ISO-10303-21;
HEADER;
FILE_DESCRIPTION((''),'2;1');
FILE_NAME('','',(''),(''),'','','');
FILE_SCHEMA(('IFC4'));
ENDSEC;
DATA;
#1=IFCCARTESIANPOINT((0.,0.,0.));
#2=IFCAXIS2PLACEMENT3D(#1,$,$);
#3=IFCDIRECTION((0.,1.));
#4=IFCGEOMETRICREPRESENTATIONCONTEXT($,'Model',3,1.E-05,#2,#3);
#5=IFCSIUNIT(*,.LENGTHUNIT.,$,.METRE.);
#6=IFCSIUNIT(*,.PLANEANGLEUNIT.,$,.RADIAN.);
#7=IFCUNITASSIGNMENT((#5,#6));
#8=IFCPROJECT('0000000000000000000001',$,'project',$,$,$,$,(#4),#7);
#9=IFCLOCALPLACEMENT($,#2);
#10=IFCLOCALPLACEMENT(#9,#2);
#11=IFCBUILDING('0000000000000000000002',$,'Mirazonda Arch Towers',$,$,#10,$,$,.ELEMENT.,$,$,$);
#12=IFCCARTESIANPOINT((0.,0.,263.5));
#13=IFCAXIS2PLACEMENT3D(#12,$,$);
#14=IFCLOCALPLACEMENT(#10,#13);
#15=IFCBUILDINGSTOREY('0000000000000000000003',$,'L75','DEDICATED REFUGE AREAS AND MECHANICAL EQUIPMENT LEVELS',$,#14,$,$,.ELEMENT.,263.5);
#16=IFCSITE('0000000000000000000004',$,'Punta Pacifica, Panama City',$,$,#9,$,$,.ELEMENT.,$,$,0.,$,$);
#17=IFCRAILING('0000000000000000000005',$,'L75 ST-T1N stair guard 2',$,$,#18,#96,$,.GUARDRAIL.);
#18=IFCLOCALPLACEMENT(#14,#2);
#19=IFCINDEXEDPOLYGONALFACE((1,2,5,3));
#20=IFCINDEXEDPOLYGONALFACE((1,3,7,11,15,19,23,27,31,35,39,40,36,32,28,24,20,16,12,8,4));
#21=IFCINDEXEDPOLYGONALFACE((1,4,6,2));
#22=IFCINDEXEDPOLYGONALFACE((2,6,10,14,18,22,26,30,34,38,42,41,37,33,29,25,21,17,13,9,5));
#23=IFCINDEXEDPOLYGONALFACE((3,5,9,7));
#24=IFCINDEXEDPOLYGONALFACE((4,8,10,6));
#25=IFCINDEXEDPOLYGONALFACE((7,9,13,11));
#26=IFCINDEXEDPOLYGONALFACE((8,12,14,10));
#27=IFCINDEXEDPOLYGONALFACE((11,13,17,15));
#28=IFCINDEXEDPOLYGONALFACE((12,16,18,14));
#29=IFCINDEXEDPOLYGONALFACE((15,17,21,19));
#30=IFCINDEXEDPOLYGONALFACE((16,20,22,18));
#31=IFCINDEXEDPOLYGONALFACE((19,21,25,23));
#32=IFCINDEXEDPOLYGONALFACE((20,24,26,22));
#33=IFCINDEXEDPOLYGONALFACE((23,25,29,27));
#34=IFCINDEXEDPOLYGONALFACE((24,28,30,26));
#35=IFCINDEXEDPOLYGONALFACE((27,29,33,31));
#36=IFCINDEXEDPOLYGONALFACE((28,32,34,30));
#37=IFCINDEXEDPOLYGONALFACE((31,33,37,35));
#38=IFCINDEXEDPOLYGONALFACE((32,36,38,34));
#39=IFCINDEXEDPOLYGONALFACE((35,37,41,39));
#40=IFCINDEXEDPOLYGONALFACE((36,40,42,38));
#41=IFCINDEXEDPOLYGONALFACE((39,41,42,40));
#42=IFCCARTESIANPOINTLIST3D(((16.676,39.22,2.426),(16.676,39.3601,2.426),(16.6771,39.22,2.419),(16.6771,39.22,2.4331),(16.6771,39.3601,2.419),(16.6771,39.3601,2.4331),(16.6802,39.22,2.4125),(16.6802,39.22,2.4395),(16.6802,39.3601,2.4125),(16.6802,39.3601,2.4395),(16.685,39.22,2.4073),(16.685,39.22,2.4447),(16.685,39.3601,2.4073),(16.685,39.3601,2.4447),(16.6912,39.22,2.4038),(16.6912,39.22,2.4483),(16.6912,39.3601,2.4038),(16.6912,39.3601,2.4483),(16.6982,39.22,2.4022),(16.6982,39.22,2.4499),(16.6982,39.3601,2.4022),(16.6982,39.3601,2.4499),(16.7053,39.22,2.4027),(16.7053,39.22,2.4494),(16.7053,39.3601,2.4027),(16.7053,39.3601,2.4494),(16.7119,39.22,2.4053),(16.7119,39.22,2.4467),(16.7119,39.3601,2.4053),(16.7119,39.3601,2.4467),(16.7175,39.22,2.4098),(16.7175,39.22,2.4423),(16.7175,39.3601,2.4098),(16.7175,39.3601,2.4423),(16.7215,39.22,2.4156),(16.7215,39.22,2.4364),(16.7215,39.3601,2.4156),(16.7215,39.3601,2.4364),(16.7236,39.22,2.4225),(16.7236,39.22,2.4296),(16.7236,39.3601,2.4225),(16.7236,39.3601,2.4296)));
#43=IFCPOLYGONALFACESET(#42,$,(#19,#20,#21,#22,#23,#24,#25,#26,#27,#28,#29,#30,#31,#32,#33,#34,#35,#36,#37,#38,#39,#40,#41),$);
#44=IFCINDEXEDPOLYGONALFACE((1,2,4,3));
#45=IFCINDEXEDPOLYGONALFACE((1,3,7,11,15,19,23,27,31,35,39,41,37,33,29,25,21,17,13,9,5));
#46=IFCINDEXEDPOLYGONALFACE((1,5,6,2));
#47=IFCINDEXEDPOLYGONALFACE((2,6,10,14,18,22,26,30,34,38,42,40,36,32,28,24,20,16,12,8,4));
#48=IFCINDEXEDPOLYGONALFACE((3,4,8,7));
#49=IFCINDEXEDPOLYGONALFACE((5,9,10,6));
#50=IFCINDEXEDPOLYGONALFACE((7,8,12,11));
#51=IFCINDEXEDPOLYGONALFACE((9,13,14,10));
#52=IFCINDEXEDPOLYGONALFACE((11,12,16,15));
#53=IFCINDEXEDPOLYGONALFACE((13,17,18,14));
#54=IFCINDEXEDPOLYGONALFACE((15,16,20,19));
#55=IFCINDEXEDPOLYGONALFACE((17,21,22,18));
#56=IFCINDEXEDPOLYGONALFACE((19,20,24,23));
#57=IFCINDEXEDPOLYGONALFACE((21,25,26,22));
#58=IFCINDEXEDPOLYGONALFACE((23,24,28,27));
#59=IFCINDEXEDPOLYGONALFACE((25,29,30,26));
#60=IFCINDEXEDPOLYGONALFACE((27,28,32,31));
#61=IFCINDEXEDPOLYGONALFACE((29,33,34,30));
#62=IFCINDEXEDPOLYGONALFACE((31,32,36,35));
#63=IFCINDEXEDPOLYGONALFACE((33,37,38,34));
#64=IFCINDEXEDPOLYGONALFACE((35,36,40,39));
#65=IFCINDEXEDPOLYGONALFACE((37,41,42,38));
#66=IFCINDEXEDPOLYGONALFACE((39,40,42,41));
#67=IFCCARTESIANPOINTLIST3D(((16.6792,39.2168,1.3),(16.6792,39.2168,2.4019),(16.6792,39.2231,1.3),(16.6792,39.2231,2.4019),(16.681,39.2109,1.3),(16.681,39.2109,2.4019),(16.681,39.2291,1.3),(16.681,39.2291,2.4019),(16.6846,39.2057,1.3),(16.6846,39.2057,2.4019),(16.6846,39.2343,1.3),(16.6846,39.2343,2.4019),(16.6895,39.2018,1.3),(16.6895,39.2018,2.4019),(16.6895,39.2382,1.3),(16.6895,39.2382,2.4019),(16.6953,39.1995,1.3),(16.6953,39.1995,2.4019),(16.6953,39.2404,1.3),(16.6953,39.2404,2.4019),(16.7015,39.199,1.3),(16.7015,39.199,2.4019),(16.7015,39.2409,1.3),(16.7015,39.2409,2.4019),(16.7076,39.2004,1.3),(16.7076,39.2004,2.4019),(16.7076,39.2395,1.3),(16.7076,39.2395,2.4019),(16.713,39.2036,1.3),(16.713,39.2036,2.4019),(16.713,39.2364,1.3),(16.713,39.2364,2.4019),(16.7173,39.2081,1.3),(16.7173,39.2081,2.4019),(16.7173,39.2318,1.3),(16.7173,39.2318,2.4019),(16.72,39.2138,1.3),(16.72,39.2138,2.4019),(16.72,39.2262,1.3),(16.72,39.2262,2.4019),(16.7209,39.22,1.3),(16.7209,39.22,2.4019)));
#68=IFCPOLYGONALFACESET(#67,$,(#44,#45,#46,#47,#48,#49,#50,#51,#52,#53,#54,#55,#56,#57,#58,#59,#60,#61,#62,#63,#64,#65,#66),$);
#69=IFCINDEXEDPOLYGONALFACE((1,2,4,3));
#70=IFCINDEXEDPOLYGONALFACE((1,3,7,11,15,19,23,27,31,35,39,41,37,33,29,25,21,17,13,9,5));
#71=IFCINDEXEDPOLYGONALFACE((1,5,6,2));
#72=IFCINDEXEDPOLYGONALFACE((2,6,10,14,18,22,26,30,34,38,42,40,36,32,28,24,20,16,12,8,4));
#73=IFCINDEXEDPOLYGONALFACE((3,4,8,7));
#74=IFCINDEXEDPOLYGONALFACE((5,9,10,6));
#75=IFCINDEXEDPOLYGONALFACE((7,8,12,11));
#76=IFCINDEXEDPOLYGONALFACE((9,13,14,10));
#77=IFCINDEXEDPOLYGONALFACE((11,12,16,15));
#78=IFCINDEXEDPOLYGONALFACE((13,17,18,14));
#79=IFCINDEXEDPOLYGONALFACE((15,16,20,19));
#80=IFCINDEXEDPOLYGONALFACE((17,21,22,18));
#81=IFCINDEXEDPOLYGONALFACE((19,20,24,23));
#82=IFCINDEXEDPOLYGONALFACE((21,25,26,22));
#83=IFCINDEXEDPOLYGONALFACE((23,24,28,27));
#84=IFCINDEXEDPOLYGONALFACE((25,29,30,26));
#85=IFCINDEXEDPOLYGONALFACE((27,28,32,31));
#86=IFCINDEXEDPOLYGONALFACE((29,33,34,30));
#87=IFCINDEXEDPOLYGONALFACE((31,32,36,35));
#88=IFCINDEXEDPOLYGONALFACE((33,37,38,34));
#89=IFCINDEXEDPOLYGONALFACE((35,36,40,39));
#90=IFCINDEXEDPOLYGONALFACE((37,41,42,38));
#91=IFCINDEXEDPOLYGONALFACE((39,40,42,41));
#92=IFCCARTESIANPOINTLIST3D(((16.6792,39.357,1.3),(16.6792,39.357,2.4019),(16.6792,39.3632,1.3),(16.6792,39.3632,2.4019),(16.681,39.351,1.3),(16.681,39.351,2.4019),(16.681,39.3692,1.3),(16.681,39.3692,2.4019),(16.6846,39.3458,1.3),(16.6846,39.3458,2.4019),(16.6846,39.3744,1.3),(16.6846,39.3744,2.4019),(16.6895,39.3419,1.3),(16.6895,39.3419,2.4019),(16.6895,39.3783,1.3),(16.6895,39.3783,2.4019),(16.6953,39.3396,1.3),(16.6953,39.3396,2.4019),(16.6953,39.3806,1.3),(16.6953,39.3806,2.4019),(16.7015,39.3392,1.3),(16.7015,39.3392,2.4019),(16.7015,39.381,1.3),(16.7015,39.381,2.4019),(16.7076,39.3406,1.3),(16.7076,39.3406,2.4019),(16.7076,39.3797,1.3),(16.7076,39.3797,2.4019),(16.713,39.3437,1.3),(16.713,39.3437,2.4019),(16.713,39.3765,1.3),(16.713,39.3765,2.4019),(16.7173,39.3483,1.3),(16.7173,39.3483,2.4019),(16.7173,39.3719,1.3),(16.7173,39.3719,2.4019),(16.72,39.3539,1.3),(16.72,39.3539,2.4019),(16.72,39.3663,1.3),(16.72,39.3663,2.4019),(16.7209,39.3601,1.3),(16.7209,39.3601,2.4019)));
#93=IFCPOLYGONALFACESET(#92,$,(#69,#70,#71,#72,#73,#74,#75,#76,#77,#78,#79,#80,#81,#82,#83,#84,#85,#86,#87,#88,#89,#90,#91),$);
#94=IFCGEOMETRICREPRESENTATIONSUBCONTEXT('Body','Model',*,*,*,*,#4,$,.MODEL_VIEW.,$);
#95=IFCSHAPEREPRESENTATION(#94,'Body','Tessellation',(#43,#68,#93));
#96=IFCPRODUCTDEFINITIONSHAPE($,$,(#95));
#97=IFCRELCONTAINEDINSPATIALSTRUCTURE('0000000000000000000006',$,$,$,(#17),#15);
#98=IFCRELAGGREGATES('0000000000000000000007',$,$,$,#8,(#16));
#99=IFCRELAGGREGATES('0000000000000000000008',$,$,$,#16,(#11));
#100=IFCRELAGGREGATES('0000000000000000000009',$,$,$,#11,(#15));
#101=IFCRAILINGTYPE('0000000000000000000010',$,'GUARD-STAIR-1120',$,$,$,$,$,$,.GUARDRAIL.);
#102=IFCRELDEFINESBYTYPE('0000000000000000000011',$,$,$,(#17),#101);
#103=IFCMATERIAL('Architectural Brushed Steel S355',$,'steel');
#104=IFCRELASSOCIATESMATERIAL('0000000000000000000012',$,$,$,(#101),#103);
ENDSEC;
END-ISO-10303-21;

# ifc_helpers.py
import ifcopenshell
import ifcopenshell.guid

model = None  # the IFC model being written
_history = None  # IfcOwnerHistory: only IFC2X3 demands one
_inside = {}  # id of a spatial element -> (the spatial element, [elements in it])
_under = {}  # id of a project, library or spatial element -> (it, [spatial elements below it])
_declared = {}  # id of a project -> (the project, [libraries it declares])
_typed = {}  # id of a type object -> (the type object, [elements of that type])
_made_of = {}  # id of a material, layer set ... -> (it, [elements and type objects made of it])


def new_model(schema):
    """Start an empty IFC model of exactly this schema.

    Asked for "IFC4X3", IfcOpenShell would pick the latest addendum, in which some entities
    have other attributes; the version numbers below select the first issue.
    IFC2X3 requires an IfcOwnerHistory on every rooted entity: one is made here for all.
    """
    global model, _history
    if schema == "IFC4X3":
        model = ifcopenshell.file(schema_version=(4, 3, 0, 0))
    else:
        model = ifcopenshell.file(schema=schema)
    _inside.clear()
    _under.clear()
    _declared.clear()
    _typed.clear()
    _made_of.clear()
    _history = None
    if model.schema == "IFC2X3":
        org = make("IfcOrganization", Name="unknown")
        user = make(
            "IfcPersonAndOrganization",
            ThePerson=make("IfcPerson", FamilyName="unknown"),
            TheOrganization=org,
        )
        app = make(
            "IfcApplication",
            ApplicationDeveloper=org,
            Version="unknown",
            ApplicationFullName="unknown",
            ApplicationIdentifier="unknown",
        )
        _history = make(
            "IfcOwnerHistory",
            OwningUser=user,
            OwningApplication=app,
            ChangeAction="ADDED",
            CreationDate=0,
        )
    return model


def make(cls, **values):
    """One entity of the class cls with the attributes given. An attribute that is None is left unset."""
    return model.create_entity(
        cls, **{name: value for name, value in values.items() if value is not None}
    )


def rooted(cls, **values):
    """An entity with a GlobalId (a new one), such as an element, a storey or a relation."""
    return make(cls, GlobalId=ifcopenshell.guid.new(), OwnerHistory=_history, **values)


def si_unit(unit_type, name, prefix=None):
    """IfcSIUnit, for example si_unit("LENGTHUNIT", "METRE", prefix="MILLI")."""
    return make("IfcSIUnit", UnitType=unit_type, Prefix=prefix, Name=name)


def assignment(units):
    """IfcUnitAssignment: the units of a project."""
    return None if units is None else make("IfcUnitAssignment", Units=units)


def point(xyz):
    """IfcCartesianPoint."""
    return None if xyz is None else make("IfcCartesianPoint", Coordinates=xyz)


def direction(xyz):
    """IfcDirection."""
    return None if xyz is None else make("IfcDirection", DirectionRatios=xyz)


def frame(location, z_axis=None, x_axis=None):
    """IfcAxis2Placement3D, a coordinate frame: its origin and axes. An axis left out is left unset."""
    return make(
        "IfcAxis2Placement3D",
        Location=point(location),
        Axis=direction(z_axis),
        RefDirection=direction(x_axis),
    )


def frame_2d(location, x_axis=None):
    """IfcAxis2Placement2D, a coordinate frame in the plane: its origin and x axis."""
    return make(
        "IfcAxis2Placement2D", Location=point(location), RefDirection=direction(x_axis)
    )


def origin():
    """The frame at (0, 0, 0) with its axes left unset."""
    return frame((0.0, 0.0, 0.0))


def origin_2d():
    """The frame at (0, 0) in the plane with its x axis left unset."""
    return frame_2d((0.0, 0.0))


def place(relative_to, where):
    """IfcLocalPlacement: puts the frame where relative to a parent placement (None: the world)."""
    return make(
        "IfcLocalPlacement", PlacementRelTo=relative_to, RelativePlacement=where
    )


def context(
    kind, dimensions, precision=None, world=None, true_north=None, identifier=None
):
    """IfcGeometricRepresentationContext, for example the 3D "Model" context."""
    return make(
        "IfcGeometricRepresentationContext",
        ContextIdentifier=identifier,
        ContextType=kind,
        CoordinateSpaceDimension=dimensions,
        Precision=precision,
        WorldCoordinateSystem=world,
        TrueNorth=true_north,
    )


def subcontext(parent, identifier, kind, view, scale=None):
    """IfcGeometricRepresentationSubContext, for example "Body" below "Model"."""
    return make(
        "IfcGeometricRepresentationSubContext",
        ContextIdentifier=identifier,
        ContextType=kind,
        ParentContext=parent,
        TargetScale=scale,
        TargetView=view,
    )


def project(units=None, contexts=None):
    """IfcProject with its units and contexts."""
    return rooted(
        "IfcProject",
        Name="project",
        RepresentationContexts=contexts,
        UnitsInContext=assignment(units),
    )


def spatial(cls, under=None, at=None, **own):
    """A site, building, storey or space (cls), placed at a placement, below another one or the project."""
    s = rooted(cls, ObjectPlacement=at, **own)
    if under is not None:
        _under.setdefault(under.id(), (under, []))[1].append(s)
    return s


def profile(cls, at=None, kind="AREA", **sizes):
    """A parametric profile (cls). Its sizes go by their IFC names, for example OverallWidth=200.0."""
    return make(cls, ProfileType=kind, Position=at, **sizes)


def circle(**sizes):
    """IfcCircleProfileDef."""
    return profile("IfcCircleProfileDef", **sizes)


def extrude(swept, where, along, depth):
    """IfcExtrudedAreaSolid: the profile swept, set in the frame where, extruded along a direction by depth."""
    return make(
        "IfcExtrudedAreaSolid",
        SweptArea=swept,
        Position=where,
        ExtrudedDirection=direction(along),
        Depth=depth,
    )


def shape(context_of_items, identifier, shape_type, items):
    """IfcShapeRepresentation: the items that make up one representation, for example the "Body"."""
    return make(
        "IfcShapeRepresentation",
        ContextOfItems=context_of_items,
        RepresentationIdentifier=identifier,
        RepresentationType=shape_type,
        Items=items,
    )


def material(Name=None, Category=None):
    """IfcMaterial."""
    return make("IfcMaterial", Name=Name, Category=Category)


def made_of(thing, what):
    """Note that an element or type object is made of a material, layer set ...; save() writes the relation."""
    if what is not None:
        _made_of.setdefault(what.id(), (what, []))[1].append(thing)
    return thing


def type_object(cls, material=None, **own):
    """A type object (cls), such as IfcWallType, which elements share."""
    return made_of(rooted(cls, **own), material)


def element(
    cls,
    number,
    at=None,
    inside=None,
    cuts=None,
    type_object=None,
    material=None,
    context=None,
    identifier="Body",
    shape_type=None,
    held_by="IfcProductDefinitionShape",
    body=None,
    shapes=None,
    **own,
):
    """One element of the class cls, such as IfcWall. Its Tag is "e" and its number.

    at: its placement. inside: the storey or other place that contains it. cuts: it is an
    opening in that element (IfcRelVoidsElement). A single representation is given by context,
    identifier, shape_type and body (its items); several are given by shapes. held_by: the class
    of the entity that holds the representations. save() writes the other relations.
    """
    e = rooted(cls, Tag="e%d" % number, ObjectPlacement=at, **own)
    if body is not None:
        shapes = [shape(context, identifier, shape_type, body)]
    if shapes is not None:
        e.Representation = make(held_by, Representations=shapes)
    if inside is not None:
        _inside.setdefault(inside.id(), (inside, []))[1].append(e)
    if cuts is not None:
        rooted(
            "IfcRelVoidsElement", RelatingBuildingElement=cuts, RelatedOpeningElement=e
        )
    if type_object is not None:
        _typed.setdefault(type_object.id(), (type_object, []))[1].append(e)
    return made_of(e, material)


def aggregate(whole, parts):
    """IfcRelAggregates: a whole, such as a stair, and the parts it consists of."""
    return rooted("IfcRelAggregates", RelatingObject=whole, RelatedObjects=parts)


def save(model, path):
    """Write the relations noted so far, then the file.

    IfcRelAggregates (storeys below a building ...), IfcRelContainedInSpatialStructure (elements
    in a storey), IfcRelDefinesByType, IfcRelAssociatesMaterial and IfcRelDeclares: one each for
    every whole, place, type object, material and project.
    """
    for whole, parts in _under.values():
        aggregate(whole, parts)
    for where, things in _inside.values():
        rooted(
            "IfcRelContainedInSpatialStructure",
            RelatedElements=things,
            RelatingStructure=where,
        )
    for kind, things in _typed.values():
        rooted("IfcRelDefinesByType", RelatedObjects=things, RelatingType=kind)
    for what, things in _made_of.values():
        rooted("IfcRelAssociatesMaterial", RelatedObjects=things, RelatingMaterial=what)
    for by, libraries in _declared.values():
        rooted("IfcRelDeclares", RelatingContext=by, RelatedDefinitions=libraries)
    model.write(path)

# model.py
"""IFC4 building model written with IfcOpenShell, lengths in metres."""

from ifc_helpers import new_model, si_unit, direction, frame, origin, origin_2d, place, context, subcontext, project, spatial, circle, extrude, material, type_object, element, save


model = new_model("IFC4")

# Units and contexts
model_context = context("Model", 3, precision=1e-05, world=origin(), true_north=direction((0.0, 1.0)))
body_context = subcontext(model_context, "Body", "Model", "MODEL_VIEW")
ifc_project = project(units=[si_unit("LENGTHUNIT", "METRE"), si_unit("PLANEANGLEUNIT", "RADIAN")], contexts=[model_context])

# Site, building, storey
site_placement = place(None, origin())
site = spatial("IfcSite", under=ifc_project, at=site_placement, Name="Punta Pacifica, Panama City", CompositionType="ELEMENT", RefElevation=0.0)
building_placement = place(site_placement, origin())
building = spatial("IfcBuilding", under=site, at=building_placement, Name="Mirazonda Arch Towers", CompositionType="ELEMENT")
storey_placement = place(building_placement, frame((0.0, 0.0, 263.5)))
storey = spatial("IfcBuildingStorey", under=building, at=storey_placement, Name="L75", Description="DEDICATED REFUGE AREAS AND MECHANICAL EQUIPMENT LEVELS", CompositionType="ELEMENT", Elevation=263.5)

# Shared definitions
ifc_material_1 = material(Name="Architectural Brushed Steel S355", Category="steel")

# Railing
railing_type_1 = type_object("IfcRailingType", Name="GUARD-STAIR-1120", PredefinedType="GUARDRAIL", material=ifc_material_1)
railing_1_placement = place(storey_placement, frame((16.7, 39.22, 1.3)))
element("IfcRailing", 1, at=railing_1_placement, inside=storey, type_object=railing_type_1, Name="L75 ST-T1N stair guard 2", PredefinedType="GUARDRAIL", context=body_context, shape_type="SweptSolid", body=[
    extrude(circle(Radius=0.0239, at=origin_2d()), frame((0.0, 0.0, 1.126), z_axis=(0.0, 1.0, 0.0), x_axis=(-1.0, 0.0, 0.0)), (0.0, 0.0, 1.0), 0.1401),
    extrude(circle(Radius=0.021, at=origin_2d()), origin(), (0.0, 0.0, 1.0), 1.1018),
    extrude(circle(Radius=0.021, at=origin_2d()), frame((0.0, 0.1401, 0.0)), (0.0, 0.0, 1.0), 1.1018),
])

save(model, "model.ifc")
